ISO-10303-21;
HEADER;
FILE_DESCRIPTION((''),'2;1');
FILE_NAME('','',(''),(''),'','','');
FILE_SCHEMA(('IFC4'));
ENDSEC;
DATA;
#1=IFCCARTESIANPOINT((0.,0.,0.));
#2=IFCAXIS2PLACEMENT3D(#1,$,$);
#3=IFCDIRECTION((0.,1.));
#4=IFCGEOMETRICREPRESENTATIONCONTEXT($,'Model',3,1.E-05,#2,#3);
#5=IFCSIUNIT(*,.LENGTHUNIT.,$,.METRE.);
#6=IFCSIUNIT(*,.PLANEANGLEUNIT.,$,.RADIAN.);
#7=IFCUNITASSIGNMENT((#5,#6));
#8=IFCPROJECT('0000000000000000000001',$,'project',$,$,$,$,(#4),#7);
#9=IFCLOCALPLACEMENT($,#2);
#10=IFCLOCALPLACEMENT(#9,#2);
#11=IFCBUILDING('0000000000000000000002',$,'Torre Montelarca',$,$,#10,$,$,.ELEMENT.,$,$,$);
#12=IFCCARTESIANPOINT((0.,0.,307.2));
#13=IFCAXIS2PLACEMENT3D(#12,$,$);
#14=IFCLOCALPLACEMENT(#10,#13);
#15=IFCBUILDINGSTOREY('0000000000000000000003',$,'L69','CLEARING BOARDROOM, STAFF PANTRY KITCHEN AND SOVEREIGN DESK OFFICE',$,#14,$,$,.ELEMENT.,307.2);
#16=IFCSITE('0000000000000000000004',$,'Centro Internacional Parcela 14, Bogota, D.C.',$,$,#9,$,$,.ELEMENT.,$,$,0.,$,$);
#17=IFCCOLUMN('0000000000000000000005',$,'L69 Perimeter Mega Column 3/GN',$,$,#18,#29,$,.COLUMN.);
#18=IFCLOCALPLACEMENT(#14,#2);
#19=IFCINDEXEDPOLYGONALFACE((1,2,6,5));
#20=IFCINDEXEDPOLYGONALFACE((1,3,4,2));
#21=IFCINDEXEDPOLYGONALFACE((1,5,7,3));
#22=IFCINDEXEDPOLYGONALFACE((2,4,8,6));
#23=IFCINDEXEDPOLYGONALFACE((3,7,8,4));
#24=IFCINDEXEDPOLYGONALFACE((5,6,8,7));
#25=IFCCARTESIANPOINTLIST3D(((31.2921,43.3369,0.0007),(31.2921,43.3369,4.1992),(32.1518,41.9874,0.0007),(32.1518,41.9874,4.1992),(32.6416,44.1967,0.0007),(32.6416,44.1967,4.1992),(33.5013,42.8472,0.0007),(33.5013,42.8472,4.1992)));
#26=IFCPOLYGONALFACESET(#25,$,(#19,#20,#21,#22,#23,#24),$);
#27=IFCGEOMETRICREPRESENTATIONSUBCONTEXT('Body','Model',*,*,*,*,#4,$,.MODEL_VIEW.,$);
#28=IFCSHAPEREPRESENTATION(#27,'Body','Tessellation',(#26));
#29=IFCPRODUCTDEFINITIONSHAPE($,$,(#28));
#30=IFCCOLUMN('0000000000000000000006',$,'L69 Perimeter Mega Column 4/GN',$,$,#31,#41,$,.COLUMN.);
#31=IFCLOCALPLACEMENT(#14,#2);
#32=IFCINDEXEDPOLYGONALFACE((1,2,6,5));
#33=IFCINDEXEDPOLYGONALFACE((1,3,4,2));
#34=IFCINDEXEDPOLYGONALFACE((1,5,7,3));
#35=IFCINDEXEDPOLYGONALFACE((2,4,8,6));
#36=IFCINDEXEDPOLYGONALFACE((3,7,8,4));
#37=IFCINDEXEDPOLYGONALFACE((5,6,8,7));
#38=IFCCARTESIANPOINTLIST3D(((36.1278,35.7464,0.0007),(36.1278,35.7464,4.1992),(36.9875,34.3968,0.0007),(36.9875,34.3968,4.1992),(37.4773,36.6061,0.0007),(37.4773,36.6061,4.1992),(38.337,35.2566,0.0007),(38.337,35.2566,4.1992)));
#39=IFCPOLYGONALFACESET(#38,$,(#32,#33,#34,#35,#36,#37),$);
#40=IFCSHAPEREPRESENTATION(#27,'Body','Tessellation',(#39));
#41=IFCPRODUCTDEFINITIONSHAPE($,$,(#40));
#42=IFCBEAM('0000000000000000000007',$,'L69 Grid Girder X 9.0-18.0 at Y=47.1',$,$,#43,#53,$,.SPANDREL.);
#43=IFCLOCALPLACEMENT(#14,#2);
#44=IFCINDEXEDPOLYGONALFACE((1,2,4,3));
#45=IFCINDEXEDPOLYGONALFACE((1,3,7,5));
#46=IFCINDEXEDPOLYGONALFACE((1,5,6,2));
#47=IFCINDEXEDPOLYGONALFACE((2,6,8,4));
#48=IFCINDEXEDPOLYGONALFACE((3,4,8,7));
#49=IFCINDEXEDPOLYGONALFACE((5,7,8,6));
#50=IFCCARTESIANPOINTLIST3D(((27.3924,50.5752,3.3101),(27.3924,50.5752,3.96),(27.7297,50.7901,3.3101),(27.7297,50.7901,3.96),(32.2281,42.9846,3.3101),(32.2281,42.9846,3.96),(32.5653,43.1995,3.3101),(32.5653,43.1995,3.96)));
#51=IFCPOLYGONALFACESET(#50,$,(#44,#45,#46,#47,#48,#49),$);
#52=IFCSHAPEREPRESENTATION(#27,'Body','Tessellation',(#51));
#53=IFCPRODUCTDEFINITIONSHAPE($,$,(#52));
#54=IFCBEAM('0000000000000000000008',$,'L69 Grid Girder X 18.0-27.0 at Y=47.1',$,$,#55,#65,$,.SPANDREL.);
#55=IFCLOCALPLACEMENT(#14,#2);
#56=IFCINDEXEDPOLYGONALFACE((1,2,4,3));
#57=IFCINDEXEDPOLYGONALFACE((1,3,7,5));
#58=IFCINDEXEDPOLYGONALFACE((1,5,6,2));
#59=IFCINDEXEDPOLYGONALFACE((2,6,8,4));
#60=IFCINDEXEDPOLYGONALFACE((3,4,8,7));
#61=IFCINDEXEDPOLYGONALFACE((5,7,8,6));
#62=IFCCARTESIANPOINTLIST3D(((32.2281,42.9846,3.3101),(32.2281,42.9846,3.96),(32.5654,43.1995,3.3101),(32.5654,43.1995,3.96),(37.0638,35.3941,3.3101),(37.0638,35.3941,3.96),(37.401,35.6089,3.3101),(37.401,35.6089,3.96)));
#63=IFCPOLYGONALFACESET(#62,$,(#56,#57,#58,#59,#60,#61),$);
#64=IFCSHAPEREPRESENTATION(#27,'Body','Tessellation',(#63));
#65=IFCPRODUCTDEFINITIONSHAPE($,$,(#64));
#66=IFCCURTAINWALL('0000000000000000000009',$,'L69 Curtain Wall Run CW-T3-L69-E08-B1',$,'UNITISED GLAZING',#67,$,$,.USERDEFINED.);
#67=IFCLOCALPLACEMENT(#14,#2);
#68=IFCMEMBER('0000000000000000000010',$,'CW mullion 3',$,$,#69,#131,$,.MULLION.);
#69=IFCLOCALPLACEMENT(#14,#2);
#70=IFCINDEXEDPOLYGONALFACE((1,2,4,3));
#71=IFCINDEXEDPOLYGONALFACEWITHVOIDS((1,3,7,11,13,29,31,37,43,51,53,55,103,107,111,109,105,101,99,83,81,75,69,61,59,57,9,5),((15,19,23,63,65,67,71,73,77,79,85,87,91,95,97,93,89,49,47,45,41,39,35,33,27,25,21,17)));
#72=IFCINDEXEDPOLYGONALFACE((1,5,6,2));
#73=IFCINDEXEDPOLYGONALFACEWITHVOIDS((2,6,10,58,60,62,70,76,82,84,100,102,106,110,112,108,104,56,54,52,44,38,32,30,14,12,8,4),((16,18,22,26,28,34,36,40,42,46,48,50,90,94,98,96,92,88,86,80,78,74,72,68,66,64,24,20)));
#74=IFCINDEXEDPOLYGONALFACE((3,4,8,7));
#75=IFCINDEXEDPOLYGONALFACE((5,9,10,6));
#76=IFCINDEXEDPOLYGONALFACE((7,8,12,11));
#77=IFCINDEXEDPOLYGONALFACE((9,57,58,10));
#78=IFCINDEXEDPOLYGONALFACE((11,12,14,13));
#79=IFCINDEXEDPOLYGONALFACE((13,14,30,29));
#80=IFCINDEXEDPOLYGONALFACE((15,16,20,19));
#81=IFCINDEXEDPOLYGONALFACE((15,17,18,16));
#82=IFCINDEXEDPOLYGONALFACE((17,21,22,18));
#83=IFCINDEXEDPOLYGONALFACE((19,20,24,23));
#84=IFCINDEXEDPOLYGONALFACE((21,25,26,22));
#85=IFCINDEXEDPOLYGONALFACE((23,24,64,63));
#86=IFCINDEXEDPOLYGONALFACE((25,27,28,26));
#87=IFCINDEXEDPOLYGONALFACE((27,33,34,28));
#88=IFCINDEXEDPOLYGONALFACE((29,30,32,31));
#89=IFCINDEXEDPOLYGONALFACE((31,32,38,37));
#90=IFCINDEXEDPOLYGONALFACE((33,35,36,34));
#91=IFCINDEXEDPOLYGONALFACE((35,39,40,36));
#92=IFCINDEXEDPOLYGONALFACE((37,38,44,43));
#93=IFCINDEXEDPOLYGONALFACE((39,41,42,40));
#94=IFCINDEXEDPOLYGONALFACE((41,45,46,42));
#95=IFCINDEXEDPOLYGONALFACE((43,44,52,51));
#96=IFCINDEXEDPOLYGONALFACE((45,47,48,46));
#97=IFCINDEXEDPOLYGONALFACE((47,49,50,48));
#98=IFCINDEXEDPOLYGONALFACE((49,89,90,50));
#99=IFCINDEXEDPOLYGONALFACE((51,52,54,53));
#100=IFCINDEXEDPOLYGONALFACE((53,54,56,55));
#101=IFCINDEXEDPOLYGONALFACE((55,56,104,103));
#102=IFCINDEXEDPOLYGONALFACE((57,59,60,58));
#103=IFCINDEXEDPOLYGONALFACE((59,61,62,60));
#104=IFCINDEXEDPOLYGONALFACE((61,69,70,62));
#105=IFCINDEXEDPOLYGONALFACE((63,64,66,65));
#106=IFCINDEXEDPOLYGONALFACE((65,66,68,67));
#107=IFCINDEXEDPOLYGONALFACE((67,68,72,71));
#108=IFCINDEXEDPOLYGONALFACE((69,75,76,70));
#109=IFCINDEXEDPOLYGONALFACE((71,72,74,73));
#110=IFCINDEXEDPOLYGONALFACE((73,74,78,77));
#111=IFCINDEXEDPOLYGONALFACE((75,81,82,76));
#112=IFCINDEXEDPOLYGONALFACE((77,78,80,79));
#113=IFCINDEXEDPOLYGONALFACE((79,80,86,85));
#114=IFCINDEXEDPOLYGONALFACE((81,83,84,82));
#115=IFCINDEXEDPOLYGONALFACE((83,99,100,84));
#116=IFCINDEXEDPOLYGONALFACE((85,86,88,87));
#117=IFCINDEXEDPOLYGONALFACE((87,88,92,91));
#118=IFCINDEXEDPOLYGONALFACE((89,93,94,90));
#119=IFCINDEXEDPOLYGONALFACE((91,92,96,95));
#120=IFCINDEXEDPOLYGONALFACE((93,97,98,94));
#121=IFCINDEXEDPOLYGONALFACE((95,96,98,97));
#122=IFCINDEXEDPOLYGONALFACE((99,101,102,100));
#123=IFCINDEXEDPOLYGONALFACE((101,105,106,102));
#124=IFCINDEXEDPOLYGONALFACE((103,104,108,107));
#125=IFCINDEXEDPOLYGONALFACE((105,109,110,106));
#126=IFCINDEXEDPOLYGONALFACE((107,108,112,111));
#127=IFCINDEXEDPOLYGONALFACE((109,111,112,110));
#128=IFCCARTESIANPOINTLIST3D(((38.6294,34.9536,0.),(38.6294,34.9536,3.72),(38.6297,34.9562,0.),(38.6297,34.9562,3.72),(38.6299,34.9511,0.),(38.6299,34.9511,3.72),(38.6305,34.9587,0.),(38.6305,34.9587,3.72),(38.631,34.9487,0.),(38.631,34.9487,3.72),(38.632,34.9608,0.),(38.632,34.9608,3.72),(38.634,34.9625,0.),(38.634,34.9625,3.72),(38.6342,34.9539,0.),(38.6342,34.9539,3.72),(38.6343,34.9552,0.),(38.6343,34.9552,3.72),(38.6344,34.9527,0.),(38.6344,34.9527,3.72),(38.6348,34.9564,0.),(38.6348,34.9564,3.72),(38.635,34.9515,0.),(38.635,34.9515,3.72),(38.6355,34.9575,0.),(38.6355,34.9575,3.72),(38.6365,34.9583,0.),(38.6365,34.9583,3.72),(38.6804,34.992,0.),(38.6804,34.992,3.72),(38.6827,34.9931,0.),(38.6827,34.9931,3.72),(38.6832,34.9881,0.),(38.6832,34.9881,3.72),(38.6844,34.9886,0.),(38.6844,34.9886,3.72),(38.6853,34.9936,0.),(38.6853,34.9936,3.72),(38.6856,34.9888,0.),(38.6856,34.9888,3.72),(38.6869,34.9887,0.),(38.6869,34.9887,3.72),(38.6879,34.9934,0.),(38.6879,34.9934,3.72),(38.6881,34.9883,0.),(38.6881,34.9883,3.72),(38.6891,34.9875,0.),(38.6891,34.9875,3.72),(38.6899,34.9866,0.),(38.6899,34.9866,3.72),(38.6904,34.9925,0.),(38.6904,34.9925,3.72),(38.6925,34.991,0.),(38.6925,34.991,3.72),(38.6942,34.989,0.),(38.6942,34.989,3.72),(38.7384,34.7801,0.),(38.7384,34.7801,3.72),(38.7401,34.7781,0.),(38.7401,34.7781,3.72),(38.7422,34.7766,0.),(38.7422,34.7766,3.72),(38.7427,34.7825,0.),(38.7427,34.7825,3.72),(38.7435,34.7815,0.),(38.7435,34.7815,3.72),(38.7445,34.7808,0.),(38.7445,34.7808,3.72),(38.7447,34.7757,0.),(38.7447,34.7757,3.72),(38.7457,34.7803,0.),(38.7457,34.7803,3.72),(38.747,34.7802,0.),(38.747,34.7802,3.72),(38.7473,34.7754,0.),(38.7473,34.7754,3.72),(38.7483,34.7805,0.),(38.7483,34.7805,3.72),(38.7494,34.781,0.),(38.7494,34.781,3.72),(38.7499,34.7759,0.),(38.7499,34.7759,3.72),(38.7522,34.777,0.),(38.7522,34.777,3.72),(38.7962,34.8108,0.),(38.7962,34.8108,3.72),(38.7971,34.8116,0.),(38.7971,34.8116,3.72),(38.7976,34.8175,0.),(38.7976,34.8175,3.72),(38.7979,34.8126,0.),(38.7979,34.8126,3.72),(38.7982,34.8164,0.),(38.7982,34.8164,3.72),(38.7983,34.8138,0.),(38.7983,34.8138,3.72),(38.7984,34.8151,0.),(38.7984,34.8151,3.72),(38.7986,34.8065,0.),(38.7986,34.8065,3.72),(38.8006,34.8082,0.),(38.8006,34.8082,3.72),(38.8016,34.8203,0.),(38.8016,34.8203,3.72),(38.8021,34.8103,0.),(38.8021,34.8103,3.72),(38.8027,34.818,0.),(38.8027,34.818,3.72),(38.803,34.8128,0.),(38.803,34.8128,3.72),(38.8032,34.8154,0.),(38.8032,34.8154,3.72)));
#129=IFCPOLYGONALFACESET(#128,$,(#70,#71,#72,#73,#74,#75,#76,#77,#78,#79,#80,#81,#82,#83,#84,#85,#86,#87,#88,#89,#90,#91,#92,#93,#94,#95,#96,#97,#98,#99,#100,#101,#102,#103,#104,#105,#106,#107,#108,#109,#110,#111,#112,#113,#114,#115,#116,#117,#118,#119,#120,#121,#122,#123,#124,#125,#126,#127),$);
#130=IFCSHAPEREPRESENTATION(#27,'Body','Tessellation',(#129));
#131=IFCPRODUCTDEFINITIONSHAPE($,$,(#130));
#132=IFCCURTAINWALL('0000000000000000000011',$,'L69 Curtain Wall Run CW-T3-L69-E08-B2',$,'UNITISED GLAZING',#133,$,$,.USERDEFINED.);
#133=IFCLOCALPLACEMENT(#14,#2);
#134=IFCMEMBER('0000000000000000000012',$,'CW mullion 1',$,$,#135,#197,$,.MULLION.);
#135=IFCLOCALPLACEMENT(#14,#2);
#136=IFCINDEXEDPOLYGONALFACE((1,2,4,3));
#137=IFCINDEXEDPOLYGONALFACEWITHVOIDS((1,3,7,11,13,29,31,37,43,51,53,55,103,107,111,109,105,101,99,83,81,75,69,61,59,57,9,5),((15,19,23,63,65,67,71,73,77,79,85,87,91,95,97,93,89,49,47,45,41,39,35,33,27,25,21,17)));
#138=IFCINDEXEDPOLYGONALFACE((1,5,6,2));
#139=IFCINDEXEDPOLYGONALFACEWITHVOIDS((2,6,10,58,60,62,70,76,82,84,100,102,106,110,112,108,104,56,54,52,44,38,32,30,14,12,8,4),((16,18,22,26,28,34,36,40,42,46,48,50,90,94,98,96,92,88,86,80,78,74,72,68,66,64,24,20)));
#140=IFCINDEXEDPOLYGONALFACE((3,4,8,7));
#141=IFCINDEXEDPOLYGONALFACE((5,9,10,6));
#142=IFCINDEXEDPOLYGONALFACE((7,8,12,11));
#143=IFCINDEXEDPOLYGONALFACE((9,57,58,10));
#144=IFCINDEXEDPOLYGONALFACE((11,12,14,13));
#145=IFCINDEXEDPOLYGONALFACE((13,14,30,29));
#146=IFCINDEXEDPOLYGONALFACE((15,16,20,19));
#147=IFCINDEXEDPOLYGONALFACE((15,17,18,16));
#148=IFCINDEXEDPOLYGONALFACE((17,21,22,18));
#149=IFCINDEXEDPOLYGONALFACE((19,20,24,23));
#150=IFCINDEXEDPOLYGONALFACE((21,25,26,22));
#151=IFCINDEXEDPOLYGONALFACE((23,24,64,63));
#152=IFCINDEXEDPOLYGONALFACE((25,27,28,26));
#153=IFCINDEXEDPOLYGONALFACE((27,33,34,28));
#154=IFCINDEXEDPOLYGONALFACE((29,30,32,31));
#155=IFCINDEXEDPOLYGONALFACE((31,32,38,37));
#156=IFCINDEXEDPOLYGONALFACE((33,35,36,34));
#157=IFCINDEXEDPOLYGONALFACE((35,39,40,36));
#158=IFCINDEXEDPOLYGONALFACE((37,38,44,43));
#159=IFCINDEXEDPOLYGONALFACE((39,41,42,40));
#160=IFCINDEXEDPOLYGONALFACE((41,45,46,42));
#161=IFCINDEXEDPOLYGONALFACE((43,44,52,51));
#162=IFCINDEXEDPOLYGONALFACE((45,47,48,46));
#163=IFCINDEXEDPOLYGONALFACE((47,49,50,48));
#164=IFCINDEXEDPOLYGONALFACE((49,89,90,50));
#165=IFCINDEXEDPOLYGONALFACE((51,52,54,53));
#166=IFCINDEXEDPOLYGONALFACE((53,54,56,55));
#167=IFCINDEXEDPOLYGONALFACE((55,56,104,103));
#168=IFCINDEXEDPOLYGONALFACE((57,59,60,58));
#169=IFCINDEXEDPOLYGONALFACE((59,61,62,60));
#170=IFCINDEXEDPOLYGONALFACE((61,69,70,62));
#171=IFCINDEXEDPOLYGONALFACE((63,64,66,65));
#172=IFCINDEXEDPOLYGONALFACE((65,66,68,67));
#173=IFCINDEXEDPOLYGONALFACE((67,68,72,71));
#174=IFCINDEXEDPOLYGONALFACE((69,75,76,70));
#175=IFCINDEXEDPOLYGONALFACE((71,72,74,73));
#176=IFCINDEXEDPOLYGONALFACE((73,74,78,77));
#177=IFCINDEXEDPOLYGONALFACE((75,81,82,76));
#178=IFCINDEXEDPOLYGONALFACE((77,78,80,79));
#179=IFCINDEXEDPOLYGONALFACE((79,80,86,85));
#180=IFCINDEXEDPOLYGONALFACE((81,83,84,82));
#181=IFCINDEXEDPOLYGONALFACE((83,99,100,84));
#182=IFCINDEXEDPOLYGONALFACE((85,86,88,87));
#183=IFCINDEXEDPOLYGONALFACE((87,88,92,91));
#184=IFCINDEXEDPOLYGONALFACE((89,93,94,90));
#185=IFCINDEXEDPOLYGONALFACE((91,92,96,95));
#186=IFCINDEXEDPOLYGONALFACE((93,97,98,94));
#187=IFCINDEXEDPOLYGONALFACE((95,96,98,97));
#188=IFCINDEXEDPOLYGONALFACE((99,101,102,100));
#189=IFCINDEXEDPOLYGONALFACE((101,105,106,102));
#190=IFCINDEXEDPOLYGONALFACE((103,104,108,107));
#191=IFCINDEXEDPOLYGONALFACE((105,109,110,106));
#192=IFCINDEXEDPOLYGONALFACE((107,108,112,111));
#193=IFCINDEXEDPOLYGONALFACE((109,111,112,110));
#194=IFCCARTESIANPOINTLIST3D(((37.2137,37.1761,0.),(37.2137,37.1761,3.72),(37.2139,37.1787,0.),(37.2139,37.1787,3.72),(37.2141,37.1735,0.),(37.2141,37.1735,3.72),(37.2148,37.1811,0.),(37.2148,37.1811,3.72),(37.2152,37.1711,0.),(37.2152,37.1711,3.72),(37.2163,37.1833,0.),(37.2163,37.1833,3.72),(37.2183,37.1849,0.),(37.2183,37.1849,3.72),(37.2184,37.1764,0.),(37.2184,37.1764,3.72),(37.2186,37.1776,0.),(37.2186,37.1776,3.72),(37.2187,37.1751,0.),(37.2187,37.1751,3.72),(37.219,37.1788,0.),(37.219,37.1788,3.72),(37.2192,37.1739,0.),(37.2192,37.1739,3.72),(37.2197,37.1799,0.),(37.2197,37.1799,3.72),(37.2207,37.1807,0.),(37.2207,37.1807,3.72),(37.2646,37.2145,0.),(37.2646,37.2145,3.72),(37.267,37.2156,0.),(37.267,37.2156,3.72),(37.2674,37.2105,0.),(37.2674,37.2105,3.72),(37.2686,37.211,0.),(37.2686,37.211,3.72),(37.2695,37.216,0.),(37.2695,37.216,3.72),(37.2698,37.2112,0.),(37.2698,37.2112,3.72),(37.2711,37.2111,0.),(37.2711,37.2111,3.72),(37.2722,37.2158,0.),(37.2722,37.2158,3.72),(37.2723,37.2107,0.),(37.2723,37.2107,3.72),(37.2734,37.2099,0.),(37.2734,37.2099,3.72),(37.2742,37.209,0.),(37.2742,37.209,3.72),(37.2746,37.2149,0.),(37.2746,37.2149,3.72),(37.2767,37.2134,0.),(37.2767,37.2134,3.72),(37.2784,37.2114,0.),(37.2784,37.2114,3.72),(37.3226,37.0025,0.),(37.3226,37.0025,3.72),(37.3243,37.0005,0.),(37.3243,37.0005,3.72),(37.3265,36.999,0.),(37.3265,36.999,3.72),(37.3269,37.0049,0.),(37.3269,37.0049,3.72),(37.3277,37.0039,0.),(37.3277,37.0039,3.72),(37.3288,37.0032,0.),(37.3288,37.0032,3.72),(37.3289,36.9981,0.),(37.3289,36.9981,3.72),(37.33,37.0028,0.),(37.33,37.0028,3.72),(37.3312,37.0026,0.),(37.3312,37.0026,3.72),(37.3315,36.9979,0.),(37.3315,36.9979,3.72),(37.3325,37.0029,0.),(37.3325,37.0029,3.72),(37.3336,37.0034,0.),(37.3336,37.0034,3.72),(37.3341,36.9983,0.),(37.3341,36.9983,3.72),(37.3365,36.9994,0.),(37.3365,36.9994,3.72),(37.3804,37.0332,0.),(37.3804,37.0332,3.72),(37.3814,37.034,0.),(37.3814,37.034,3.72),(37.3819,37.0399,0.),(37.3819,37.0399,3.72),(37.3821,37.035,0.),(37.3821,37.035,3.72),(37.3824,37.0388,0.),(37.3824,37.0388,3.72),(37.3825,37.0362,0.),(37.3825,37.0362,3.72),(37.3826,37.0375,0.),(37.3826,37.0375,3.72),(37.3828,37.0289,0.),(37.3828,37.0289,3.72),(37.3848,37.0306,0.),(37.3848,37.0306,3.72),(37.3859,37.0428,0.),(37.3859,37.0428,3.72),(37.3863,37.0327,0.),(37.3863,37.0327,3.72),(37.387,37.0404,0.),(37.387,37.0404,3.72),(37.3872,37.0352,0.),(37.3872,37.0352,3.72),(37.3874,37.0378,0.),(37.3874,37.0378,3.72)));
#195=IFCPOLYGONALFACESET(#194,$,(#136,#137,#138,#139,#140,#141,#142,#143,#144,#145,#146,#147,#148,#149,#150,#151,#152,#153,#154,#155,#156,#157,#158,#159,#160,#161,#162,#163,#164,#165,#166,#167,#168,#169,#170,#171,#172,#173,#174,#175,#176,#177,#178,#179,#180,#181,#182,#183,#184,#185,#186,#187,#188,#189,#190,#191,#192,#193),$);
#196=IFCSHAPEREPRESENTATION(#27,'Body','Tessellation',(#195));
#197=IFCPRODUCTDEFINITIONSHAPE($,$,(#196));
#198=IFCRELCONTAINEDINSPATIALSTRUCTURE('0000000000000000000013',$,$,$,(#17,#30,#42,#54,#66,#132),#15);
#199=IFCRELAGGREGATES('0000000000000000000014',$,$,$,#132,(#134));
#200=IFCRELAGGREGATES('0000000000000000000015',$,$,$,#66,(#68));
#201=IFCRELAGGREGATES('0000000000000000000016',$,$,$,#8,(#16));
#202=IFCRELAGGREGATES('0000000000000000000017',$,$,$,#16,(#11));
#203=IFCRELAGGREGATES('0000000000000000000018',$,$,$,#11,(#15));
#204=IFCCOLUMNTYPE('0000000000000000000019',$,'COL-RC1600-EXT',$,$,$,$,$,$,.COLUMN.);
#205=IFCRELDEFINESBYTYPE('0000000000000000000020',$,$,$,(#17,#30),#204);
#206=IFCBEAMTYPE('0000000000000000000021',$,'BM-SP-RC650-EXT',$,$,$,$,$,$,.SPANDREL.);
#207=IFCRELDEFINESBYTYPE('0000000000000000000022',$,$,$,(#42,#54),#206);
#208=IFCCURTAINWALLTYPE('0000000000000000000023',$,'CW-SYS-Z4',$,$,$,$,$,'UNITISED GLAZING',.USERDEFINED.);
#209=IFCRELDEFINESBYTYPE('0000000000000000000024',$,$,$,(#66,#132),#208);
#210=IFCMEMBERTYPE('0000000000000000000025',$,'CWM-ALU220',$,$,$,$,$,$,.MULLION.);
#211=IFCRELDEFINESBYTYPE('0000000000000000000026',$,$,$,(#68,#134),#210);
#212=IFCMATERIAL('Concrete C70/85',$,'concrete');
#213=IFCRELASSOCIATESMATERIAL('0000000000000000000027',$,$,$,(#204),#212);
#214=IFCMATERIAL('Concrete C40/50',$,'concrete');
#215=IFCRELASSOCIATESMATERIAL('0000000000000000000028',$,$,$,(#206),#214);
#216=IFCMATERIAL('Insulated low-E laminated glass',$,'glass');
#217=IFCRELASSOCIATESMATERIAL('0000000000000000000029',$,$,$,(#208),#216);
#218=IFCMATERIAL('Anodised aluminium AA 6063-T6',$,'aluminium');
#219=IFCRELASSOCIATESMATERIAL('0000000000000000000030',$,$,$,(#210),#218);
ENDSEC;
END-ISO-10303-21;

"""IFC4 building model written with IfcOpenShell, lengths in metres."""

from ifc_helpers import new_model, si_unit, direction, frame, origin, origin_2d, place, context, subcontext, project, spatial, rectangle, hollow_rectangle, extrude, source, transform, mapped, material, material_profile, profile_set, type_object, element, aggregate, save


model = new_model("IFC4")

# Units and contexts
model_context = context("Model", 3, precision=1e-05, world=origin(), true_north=direction((0.0, 1.0)))
body_context = subcontext(model_context, "Body", "Model", "MODEL_VIEW")
ifc_project = project(units=[si_unit("LENGTHUNIT", "METRE"), si_unit("PLANEANGLEUNIT", "RADIAN")], contexts=[model_context])

# Site, building, storey
site_placement = place(None, origin())
site = spatial("IfcSite", under=ifc_project, at=site_placement, Name="Centro Internacional Parcela 14, Bogota, D.C.", CompositionType="ELEMENT", RefElevation=0.0)
building_placement = place(site_placement, origin())
building = spatial("IfcBuilding", under=site, at=building_placement, Name="Torre Montelarca", CompositionType="ELEMENT")
storey_placement = place(building_placement, frame((0.0, 0.0, 307.2)))
storey = spatial("IfcBuildingStorey", under=building, at=storey_placement, Name="L69", Description="CLEARING BOARDROOM, STAFF PANTRY KITCHEN AND SOVEREIGN DESK OFFICE", CompositionType="ELEMENT", Elevation=307.2)

# Columns
ifc_material_1 = material(Name="Concrete C70/85", Category="concrete")
ifc_material_profile_1 = material_profile(ifc_material_1, rectangle(XDim=1.6001, YDim=1.6001, at=origin_2d()), Name="RC1600X1600", Category="concrete")
ifc_profile_set_1 = profile_set([ifc_material_profile_1], Name="Concrete C70/85")
column_type = type_object("IfcColumnType", Name="COL-RC1600-EXT", PredefinedType="COLUMN", material=ifc_profile_set_1)
shared_shape_1 = source(origin(), body_context, "Body", "SweptSolid", [
    extrude(rectangle(XDim=1.6001, YDim=1.6001, at=origin_2d()), origin(), (0.0, 0.0, 1.0), 4.1985),
])
for number, where, z_axis, x_axis, name in (
    (1, (32.3967, 43.092, 0.0007), (0.0, 0.0, 1.0), (-0.5373, 0.843391, 0.0), "L69 Perimeter Mega Column 3/GN"),
    (2, (37.2324, 35.5015, 0.0007), (0.0, 0.0, 1.0), (-0.5373, 0.843391, 0.0), "L69 Perimeter Mega Column 4/GN"),
):
    element("IfcColumn", number, at=place(storey_placement, frame(where, z_axis=z_axis, x_axis=x_axis)), inside=storey, type_object=column_type, Name=name, PredefinedType="COLUMN", context=body_context, shape_type="MappedRepresentation", body=[
        mapped(shared_shape_1, transform((0.0, 0.0, 0.0), scale=1.0)),
    ])

# Beams
ifc_material_2 = material(Name="Concrete C40/50", Category="concrete")
ifc_material_profile_2 = material_profile(ifc_material_2, rectangle(XDim=0.3999, YDim=0.6499, at=origin_2d()), Name="RCB400X650", Category="concrete")
ifc_profile_set_2 = profile_set([ifc_material_profile_2], Name="Concrete C40/50")
beam_type = type_object("IfcBeamType", Name="BM-SP-RC650-EXT", PredefinedType="SPANDREL", material=ifc_profile_set_2)
shared_shape_2 = source(origin(), body_context, "Body", "SweptSolid", [
    extrude(rectangle(XDim=0.3999, YDim=0.6499, at=origin_2d()), origin(), (0.0, 0.0, 1.0), 9.0),
])
for number, where, z_axis, x_axis, name in (
    (3, (27.561, 50.6826, 3.635), (0.537297, -0.843393, 0.0), (0.843393, 0.537297, 0.0), "L69 Grid Girder X 9.0-18.0 at Y=47.1"),
    (4, (32.3967, 43.092, 3.635), (0.537297, -0.843393, 0.0), (0.843393, 0.537297, 0.0), "L69 Grid Girder X 18.0-27.0 at Y=47.1"),
):
    element("IfcBeam", number, at=place(storey_placement, frame(where, z_axis=z_axis, x_axis=x_axis)), inside=storey, type_object=beam_type, Name=name, PredefinedType="SPANDREL", context=body_context, shape_type="MappedRepresentation", body=[
        mapped(shared_shape_2, transform((0.0, 0.0, 0.0), scale=1.0)),
    ])

# Curtain wall, member
ifc_material_3 = material(Name="Insulated low-E laminated glass", Category="glass")
curtain_wall_type = type_object("IfcCurtainWallType", Name="CW-SYS-Z4", ElementType="UNITISED GLAZING", PredefinedType="USERDEFINED", material=ifc_material_3)
curtain_wall_1_placement = place(storey_placement, origin())
curtain_wall_1 = element("IfcCurtainWall", 5, at=curtain_wall_1_placement, inside=storey, type_object=curtain_wall_type, Name="L69 Curtain Wall Run CW-T3-L69-E08-B1", ObjectType="UNITISED GLAZING", PredefinedType="USERDEFINED")
ifc_material_4 = material(Name="Anodised aluminium AA 6063-T6", Category="aluminium")
ifc_material_profile_3 = material_profile(ifc_material_4, hollow_rectangle(XDim=0.075, YDim=0.22, WallThickness=0.0049, InnerFilletRadius=0.0049, OuterFilletRadius=0.01, at=origin_2d()), Name="ALU75X220X5", Category="aluminium")
ifc_profile_set_3 = profile_set([ifc_material_profile_3], Name="Anodised aluminium AA 6063-T6")
member_type_1 = type_object("IfcMemberType", Name="CWM-ALU220", PredefinedType="MULLION", material=ifc_profile_set_3)
shared_shape_3 = source(origin(), body_context, "Body", "SweptSolid", [
    extrude(hollow_rectangle(XDim=0.075, YDim=0.22, WallThickness=0.0049, InnerFilletRadius=0.0049, OuterFilletRadius=0.01, at=origin_2d()), origin(), (0.0, 0.0, 1.0), 3.72),
])
member_1_placement = place(storey_placement, frame((38.7163, 34.8845, 0.0), z_axis=(0.0, 0.0, 1.0), x_axis=(-0.843392, -0.537299, 0.0)))
member_1 = element("IfcMember", 6, at=member_1_placement, type_object=member_type_1, Name="CW mullion 3", PredefinedType="MULLION", context=body_context, shape_type="MappedRepresentation", body=[
    mapped(shared_shape_3, transform((0.0, 0.0, 0.0), scale=1.0)),
])

# Curtain wall, member
curtain_wall_2_placement = place(storey_placement, origin())
curtain_wall_2 = element("IfcCurtainWall", 7, at=curtain_wall_2_placement, inside=storey, type_object=curtain_wall_type, Name="L69 Curtain Wall Run CW-T3-L69-E08-B2", ObjectType="UNITISED GLAZING", PredefinedType="USERDEFINED")
member_2_placement = place(storey_placement, frame((37.3005, 37.1069, 0.0), z_axis=(0.0, 0.0, 1.0), x_axis=(-0.843395, -0.537294, 0.0)))
member_2 = element("IfcMember", 8, at=member_2_placement, type_object=member_type_1, Name="CW mullion 1", PredefinedType="MULLION", context=body_context, shape_type="MappedRepresentation", body=[
    mapped(shared_shape_3, transform((0.0, 0.0, 0.0), scale=1.0)),
])

aggregate(curtain_wall_2, [member_2])
aggregate(curtain_wall_1, [member_1])

save(model, "model.ifc")
